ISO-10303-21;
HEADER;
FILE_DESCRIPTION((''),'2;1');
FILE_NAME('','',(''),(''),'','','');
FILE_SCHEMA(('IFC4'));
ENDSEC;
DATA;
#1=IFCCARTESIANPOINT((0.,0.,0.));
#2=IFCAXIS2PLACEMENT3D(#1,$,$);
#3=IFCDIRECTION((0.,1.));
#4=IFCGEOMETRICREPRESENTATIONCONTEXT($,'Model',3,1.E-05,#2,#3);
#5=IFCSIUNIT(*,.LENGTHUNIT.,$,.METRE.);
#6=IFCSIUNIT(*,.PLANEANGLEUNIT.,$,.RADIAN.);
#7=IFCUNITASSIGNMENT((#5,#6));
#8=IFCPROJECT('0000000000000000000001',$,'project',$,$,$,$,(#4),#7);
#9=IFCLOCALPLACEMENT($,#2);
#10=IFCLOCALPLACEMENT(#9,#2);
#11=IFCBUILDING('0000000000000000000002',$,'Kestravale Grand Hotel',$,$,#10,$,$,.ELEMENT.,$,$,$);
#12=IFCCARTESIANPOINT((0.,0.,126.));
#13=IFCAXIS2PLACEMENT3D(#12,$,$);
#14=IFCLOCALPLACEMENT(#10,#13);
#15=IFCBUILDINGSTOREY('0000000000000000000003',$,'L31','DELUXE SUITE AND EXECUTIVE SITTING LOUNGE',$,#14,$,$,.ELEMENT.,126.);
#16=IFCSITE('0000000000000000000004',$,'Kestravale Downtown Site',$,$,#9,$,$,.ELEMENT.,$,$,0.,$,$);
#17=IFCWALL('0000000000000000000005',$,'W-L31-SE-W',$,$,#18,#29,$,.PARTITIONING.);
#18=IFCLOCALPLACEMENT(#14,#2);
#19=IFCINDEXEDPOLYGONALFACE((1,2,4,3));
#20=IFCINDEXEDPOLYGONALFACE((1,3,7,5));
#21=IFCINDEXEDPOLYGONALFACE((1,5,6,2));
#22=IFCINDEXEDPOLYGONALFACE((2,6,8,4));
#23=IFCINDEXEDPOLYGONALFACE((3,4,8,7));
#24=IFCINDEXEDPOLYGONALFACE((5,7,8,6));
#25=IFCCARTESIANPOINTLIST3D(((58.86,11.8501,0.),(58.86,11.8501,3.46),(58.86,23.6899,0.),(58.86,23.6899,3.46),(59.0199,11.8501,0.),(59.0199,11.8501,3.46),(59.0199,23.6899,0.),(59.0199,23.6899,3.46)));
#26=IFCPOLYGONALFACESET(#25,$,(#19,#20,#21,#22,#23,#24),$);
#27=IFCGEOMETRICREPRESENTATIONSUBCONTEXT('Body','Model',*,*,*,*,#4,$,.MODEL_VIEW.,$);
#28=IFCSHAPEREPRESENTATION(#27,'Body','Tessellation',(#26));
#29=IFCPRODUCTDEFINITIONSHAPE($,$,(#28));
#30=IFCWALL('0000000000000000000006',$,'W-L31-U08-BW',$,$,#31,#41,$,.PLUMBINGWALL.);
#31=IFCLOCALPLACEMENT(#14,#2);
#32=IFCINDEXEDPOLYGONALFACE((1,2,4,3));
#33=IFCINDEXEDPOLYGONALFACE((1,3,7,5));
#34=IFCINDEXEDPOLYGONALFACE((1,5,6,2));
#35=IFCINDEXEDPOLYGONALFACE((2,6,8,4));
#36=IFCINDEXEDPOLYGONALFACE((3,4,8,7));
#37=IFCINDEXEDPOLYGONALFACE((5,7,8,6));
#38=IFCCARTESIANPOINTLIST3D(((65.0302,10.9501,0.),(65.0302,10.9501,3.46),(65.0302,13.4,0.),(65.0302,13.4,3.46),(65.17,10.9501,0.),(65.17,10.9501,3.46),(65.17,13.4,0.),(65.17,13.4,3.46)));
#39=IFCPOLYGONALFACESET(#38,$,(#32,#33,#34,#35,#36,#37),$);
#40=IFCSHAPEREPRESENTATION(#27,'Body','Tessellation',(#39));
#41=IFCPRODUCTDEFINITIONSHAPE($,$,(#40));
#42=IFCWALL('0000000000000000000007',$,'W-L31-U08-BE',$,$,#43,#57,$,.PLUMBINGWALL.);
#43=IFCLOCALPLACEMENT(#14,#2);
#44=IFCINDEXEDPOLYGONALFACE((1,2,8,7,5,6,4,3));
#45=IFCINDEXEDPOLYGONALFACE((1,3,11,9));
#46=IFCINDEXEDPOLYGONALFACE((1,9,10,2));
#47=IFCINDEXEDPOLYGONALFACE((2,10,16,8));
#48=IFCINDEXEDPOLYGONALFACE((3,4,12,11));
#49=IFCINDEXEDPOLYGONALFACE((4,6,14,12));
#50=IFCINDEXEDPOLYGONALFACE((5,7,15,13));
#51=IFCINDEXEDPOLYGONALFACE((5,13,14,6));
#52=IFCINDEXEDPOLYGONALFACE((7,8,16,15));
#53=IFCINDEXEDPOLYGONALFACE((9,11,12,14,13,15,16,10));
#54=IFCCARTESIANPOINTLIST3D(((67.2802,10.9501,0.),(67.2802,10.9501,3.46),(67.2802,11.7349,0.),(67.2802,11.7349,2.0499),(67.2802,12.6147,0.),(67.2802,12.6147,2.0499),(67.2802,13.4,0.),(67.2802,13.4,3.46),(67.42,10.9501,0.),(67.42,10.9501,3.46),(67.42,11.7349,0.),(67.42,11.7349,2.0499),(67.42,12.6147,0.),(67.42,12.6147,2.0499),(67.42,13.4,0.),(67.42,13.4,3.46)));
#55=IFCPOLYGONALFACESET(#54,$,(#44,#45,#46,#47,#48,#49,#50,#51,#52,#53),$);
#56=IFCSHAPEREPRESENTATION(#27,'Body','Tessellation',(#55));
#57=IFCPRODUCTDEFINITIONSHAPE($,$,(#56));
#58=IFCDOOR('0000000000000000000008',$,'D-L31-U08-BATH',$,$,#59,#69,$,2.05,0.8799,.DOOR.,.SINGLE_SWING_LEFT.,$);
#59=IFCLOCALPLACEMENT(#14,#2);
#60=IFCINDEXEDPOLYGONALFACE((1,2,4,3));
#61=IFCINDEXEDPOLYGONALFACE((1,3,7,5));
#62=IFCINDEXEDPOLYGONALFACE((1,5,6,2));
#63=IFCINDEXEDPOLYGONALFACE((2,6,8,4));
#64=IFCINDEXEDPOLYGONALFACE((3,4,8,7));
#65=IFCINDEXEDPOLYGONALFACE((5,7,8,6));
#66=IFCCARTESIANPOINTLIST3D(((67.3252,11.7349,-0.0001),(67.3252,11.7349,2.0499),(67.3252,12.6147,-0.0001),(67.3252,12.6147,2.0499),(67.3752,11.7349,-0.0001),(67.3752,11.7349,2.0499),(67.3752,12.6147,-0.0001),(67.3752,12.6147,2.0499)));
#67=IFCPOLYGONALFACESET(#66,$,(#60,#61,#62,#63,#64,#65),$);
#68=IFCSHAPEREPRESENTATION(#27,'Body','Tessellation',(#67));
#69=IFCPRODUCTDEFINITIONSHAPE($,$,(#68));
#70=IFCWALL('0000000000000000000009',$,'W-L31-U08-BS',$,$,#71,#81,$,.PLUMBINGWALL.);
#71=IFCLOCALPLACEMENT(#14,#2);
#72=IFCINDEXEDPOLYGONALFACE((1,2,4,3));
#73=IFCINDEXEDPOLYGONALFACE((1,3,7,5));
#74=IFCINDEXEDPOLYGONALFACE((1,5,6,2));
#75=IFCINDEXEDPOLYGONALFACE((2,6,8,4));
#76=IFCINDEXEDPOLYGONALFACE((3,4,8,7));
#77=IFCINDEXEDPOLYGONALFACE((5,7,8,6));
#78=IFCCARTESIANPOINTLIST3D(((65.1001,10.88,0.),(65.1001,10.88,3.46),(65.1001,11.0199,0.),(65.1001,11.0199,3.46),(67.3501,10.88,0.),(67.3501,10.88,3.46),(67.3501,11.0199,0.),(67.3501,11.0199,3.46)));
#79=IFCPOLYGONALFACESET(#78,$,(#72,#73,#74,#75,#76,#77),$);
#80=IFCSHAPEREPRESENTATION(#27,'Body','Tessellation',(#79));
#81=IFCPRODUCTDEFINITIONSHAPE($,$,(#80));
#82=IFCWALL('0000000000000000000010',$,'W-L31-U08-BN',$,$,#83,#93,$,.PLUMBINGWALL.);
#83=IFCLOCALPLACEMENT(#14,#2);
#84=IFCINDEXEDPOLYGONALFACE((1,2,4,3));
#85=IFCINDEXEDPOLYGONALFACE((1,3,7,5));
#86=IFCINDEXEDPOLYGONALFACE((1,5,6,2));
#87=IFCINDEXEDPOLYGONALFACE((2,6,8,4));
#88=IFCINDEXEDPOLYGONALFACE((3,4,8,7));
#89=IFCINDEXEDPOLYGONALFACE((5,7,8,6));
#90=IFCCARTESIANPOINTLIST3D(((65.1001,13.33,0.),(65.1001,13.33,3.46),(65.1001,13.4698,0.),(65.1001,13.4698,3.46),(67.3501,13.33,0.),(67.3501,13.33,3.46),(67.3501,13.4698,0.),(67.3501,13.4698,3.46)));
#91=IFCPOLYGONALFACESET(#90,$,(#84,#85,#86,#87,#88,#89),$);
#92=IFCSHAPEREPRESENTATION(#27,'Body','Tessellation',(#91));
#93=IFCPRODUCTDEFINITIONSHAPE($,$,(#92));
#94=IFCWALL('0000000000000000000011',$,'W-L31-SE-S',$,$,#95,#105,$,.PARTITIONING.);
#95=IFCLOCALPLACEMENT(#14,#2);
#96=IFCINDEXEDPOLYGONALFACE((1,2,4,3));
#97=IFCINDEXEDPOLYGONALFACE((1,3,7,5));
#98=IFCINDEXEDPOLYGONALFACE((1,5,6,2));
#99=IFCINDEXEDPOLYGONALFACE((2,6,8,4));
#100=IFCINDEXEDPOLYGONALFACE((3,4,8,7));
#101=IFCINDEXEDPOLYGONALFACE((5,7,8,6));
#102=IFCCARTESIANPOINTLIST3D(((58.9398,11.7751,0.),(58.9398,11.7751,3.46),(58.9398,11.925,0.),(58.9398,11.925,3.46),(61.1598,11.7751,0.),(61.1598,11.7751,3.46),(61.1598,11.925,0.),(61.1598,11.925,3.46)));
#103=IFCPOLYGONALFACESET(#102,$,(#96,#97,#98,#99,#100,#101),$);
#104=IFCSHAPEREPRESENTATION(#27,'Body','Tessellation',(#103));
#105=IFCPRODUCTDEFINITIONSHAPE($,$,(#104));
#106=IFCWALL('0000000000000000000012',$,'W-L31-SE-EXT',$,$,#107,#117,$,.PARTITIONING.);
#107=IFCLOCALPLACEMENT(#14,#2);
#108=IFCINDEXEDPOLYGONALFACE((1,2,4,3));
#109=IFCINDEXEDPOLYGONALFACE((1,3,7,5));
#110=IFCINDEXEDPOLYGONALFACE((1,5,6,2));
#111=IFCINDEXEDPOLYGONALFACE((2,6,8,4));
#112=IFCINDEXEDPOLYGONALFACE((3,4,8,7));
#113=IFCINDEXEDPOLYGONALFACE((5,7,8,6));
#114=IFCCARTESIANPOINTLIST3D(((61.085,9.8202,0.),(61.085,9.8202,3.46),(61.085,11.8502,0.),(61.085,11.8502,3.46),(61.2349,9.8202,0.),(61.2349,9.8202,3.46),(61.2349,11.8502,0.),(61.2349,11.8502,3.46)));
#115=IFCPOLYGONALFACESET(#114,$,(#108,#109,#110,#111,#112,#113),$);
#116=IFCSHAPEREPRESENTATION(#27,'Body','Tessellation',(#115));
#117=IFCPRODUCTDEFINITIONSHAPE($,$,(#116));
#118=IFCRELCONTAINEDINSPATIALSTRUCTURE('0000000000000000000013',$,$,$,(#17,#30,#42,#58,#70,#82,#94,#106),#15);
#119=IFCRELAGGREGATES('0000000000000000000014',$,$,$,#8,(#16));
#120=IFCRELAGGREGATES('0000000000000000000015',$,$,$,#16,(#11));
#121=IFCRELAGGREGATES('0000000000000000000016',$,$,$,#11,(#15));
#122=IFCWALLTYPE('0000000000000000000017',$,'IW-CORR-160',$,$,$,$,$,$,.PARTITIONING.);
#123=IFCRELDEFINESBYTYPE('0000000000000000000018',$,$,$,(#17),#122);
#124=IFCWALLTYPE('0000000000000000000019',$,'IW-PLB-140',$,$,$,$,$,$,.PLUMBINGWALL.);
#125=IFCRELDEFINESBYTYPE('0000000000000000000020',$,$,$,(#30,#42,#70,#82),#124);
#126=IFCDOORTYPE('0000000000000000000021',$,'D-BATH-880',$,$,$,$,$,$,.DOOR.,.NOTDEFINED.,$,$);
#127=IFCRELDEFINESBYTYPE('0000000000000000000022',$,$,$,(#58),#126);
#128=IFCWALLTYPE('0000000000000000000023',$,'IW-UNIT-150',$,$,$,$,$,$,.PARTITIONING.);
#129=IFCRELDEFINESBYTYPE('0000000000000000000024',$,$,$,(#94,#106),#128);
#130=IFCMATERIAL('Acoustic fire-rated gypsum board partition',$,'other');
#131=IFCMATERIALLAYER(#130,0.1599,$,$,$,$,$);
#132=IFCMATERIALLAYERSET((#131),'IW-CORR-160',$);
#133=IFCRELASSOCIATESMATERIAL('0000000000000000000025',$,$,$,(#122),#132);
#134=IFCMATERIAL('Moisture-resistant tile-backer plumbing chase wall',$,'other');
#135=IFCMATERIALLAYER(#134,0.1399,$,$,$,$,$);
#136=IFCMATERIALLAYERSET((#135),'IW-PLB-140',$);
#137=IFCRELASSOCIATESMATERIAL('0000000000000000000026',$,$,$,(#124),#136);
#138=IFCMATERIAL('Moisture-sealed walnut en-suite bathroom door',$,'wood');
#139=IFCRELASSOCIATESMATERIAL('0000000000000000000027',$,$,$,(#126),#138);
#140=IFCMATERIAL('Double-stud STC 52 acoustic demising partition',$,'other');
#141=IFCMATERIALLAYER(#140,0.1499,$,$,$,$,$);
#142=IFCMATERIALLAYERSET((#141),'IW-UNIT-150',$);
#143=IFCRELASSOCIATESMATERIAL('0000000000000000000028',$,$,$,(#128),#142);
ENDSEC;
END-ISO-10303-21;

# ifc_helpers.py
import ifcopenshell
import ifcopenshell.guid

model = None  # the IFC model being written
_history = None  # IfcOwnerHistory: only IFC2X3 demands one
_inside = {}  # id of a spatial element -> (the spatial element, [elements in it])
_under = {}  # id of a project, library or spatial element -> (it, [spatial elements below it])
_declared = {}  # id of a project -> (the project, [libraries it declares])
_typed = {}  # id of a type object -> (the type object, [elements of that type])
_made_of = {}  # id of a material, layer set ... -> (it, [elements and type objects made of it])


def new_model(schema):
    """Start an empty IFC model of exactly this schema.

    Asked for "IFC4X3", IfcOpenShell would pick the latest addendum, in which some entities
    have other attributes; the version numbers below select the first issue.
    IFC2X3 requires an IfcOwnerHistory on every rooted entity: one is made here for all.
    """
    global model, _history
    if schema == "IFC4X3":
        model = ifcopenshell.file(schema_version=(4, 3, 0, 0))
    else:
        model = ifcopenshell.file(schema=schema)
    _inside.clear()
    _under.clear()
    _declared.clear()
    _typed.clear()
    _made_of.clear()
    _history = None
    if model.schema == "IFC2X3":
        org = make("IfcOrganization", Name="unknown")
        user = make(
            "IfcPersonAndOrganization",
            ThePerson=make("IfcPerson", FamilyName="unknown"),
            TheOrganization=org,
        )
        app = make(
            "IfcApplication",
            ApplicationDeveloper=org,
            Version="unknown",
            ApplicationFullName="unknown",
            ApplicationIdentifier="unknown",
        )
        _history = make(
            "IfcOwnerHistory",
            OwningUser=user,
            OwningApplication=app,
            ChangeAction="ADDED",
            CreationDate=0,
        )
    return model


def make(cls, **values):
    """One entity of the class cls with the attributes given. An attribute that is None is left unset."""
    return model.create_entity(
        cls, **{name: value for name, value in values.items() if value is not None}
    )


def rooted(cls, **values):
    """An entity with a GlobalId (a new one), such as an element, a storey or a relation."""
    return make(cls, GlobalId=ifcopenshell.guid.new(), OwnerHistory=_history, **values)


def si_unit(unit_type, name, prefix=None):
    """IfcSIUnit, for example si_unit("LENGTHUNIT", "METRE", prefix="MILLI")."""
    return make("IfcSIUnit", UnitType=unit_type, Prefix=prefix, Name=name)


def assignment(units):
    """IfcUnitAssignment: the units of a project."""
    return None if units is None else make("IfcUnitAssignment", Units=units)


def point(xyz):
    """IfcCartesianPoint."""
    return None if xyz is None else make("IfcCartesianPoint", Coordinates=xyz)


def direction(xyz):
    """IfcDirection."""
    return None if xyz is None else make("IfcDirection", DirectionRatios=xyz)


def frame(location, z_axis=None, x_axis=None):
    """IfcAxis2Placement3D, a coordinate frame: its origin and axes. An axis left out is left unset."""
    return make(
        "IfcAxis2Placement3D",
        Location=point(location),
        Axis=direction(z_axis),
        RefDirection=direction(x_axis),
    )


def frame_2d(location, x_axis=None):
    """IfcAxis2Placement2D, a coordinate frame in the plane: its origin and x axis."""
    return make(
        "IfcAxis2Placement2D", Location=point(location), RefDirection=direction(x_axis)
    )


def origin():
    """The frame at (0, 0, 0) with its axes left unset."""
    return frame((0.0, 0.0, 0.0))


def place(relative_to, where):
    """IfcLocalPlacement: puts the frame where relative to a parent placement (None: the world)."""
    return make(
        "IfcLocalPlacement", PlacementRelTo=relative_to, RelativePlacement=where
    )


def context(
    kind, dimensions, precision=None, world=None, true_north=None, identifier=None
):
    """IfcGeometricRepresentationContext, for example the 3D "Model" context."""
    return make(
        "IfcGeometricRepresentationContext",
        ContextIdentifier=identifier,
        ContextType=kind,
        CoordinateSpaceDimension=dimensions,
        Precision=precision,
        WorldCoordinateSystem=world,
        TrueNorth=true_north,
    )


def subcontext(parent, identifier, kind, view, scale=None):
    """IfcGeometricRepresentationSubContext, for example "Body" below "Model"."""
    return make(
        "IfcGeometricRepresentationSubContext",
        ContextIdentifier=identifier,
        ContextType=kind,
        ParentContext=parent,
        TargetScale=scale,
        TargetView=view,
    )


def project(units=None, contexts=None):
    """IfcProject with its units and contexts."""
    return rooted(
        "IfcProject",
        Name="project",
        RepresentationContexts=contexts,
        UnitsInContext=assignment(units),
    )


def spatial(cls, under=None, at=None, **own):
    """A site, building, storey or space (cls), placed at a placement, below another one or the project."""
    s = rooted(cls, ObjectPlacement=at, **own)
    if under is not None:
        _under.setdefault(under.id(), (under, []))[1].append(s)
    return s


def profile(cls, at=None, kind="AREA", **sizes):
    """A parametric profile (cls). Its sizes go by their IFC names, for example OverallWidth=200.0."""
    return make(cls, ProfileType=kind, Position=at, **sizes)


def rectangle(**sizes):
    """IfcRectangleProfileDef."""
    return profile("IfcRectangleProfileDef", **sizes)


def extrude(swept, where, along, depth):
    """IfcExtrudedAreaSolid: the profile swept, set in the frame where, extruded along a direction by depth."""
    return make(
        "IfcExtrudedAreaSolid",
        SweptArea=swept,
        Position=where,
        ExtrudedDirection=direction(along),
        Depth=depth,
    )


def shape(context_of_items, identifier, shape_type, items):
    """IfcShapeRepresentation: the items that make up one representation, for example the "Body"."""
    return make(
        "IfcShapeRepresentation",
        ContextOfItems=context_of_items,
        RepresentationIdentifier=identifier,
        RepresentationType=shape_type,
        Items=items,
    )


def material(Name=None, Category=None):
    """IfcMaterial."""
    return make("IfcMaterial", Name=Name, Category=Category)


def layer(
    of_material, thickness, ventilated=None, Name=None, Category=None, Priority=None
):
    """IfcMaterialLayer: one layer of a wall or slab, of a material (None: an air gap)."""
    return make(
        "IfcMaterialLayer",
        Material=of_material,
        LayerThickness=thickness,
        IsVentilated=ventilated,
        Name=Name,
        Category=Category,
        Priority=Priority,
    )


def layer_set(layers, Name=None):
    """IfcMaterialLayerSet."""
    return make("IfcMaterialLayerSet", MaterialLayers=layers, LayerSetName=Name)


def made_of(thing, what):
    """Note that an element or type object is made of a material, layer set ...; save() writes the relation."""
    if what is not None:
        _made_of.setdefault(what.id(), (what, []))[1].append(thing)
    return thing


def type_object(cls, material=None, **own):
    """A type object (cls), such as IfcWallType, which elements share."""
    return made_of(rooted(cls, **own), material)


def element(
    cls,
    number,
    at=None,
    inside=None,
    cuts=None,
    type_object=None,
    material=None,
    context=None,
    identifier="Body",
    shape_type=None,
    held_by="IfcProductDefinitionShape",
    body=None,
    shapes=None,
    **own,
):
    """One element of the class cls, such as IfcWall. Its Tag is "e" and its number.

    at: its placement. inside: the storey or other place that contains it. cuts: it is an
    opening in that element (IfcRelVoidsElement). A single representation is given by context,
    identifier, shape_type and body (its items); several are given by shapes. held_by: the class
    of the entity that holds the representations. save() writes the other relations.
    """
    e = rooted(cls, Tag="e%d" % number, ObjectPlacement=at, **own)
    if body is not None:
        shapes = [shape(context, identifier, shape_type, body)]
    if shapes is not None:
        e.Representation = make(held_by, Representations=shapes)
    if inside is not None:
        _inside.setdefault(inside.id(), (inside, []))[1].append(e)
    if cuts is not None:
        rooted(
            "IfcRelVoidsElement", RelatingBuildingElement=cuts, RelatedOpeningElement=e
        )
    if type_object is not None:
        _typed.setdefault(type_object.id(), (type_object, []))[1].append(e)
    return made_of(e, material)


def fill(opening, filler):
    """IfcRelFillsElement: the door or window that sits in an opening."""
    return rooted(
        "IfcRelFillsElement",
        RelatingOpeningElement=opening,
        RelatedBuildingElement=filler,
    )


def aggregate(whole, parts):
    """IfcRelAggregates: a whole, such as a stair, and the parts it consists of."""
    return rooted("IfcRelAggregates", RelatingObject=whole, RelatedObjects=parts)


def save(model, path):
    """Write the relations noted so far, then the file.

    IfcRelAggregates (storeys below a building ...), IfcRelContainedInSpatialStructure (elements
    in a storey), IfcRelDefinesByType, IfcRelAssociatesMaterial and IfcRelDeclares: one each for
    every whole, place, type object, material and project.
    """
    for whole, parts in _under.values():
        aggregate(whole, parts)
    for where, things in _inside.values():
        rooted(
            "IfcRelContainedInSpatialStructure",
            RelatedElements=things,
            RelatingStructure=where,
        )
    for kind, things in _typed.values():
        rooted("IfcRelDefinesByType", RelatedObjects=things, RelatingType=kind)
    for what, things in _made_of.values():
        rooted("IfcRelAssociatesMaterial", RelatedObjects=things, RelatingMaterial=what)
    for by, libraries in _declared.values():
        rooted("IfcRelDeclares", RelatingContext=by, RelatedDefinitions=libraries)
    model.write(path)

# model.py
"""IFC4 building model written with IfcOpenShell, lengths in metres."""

from ifc_helpers import new_model, si_unit, direction, frame, frame_2d, origin, place, context, subcontext, project, spatial, rectangle, extrude, material, layer, layer_set, type_object, element, fill, save


model = new_model("IFC4")

# Units and contexts
model_context = context("Model", 3, precision=1e-05, world=origin(), true_north=direction((0.0, 1.0)))
body_context = subcontext(model_context, "Body", "Model", "MODEL_VIEW")
ifc_project = project(units=[si_unit("LENGTHUNIT", "METRE"), si_unit("PLANEANGLEUNIT", "RADIAN")], contexts=[model_context])

# Site, building, storey
site_placement = place(None, origin())
site = spatial("IfcSite", under=ifc_project, at=site_placement, Name="Kestravale Downtown Site", CompositionType="ELEMENT", RefElevation=0.0)
building_placement = place(site_placement, origin())
building = spatial("IfcBuilding", under=site, at=building_placement, Name="Kestravale Grand Hotel", CompositionType="ELEMENT")
storey_placement = place(building_placement, frame((0.0, 0.0, 126.0)))
storey = spatial("IfcBuildingStorey", under=building, at=storey_placement, Name="L31", Description="DELUXE SUITE AND EXECUTIVE SITTING LOUNGE", CompositionType="ELEMENT", Elevation=126.0)

# Shared definitions
ifc_material_1 = material(Name="Acoustic fire-rated gypsum board partition", Category="other")
ifc_layer_1 = layer(ifc_material_1, 0.1599)
ifc_layer_set_1 = layer_set([ifc_layer_1], Name="IW-CORR-160")
wall_type_1 = type_object("IfcWallType", Name="IW-CORR-160", PredefinedType="PARTITIONING", material=ifc_layer_set_1)

# Walls
wall_1_placement = place(storey_placement, frame((58.9399, 11.8501, 0.0), z_axis=(0.0, 0.0, 1.0), x_axis=(0.0, 1.0, 0.0)))
element("IfcWall", 1, at=wall_1_placement, inside=storey, type_object=wall_type_1, Name="W-L31-SE-W", PredefinedType="PARTITIONING", context=body_context, shape_type="SweptSolid", body=[
    extrude(rectangle(XDim=11.8398, YDim=0.1599, at=frame_2d((5.9199, 0.0))), origin(), (0.0, 0.0, 1.0), 3.46),
])
ifc_material_2 = material(Name="Moisture-resistant tile-backer plumbing chase wall", Category="other")
ifc_layer_2 = layer(ifc_material_2, 0.1399)
ifc_layer_set_2 = layer_set([ifc_layer_2], Name="IW-PLB-140")
wall_type_2 = type_object("IfcWallType", Name="IW-PLB-140", PredefinedType="PLUMBINGWALL", material=ifc_layer_set_2)
wall_2_placement = place(storey_placement, frame((65.1001, 10.95, 0.0), z_axis=(0.0, 0.0, 1.0), x_axis=(0.0, 1.0, 0.0)))
element("IfcWall", 2, at=wall_2_placement, inside=storey, type_object=wall_type_2, Name="W-L31-U08-BW", PredefinedType="PLUMBINGWALL", context=body_context, shape_type="SweptSolid", body=[
    extrude(rectangle(XDim=2.45, YDim=0.1399, at=frame_2d((1.2251, 0.0))), origin(), (0.0, 0.0, 1.0), 3.46),
])

# Wall, opening, door
wall_3_placement = place(storey_placement, frame((67.3501, 10.95, 0.0), z_axis=(0.0, 0.0, 1.0), x_axis=(0.0, 1.0, 0.0)))
wall_3 = element("IfcWall", 3, at=wall_3_placement, inside=storey, type_object=wall_type_2, Name="W-L31-U08-BE", PredefinedType="PLUMBINGWALL", context=body_context, shape_type="SweptSolid", body=[
    extrude(rectangle(XDim=2.45, YDim=0.1399, at=frame_2d((1.2251, 0.0))), origin(), (0.0, 0.0, 1.0), 3.46),
])
opening_1_placement = place(wall_3_placement, frame((0.7849, 0.0, 0.0)))
opening_1 = element("IfcOpeningElement", 4, at=opening_1_placement, cuts=wall_3, PredefinedType="OPENING", context=body_context, shape_type="SweptSolid", body=[
    extrude(rectangle(XDim=0.8799, YDim=2.05, at=frame_2d((0.4399, 1.0249))), frame((0.0, 0.0798, 0.0), z_axis=(0.0, -1.0, 0.0), x_axis=(1.0, 0.0, 0.0)), (0.0, 0.0, 1.0), 0.1599),
])
ifc_material_3 = material(Name="Moisture-sealed walnut en-suite bathroom door", Category="wood")
door_type_1 = type_object("IfcDoorType", Name="D-BATH-880", OperationType="NOTDEFINED", PredefinedType="DOOR", material=ifc_material_3)
door_1_placement = place(opening_1_placement, origin())
door_1 = element("IfcDoor", 5, at=door_1_placement, inside=storey, type_object=door_type_1, Name="D-L31-U08-BATH", OperationType="SINGLE_SWING_LEFT", OverallHeight=2.05, OverallWidth=0.8799, PredefinedType="DOOR", context=body_context, shape_type="SweptSolid", body=[
    extrude(rectangle(XDim=0.8799, YDim=2.05, at=frame_2d((0.4399, 1.0249))), frame((0.0, 0.0249, 0.0), z_axis=(0.0, -1.0, 0.0), x_axis=(1.0, 0.0, 0.0)), (0.0, 0.0, 1.0), 0.05),
])
fill(opening_1, door_1)

# Walls
for number, where, z_axis, x_axis, name in (
    (6, (65.1001, 10.95, 0.0), (0.0, 0.0, 1.0), (1.0, 0.0, 0.0), "W-L31-U08-BS"),
    (7, (65.1001, 13.3999, 0.0), (0.0, 0.0, 1.0), (1.0, 0.0, 0.0), "W-L31-U08-BN"),
):
    element("IfcWall", number, at=place(storey_placement, frame(where, z_axis=z_axis, x_axis=x_axis)), inside=storey, type_object=wall_type_2, Name=name, PredefinedType="PLUMBINGWALL", context=body_context, shape_type="SweptSolid", body=[
        extrude(rectangle(XDim=2.25, YDim=0.1399, at=frame_2d((1.125, 0.0))), origin(), (0.0, 0.0, 1.0), 3.46),
    ])
ifc_material_4 = material(Name="Double-stud STC 52 acoustic demising partition", Category="other")
ifc_layer_3 = layer(ifc_material_4, 0.1499)
ifc_layer_set_3 = layer_set([ifc_layer_3], Name="IW-UNIT-150")
wall_type_3 = type_object("IfcWallType", Name="IW-UNIT-150", PredefinedType="PARTITIONING", material=ifc_layer_set_3)
wall_4_placement = place(storey_placement, frame((58.9399, 11.8501, 0.0), z_axis=(0.0, 0.0, 1.0), x_axis=(1.0, 0.0, 0.0)))
element("IfcWall", 8, at=wall_4_placement, inside=storey, type_object=wall_type_3, Name="W-L31-SE-S", PredefinedType="PARTITIONING", context=body_context, shape_type="SweptSolid", body=[
    extrude(rectangle(XDim=2.22, YDim=0.1499, at=frame_2d((1.1099, 0.0))), origin(), (0.0, 0.0, 1.0), 3.46),
])
wall_5_placement = place(storey_placement, frame((61.1599, 9.8201, 0.0), z_axis=(0.0, 0.0, 1.0), x_axis=(0.0, 1.0, 0.0)))
element("IfcWall", 9, at=wall_5_placement, inside=storey, type_object=wall_type_3, Name="W-L31-SE-EXT", PredefinedType="PARTITIONING", context=body_context, shape_type="SweptSolid", body=[
    extrude(rectangle(XDim=2.03, YDim=0.1499, at=frame_2d((1.0151, 0.0))), origin(), (0.0, 0.0, 1.0), 3.46),
])

save(model, "model.ifc")
